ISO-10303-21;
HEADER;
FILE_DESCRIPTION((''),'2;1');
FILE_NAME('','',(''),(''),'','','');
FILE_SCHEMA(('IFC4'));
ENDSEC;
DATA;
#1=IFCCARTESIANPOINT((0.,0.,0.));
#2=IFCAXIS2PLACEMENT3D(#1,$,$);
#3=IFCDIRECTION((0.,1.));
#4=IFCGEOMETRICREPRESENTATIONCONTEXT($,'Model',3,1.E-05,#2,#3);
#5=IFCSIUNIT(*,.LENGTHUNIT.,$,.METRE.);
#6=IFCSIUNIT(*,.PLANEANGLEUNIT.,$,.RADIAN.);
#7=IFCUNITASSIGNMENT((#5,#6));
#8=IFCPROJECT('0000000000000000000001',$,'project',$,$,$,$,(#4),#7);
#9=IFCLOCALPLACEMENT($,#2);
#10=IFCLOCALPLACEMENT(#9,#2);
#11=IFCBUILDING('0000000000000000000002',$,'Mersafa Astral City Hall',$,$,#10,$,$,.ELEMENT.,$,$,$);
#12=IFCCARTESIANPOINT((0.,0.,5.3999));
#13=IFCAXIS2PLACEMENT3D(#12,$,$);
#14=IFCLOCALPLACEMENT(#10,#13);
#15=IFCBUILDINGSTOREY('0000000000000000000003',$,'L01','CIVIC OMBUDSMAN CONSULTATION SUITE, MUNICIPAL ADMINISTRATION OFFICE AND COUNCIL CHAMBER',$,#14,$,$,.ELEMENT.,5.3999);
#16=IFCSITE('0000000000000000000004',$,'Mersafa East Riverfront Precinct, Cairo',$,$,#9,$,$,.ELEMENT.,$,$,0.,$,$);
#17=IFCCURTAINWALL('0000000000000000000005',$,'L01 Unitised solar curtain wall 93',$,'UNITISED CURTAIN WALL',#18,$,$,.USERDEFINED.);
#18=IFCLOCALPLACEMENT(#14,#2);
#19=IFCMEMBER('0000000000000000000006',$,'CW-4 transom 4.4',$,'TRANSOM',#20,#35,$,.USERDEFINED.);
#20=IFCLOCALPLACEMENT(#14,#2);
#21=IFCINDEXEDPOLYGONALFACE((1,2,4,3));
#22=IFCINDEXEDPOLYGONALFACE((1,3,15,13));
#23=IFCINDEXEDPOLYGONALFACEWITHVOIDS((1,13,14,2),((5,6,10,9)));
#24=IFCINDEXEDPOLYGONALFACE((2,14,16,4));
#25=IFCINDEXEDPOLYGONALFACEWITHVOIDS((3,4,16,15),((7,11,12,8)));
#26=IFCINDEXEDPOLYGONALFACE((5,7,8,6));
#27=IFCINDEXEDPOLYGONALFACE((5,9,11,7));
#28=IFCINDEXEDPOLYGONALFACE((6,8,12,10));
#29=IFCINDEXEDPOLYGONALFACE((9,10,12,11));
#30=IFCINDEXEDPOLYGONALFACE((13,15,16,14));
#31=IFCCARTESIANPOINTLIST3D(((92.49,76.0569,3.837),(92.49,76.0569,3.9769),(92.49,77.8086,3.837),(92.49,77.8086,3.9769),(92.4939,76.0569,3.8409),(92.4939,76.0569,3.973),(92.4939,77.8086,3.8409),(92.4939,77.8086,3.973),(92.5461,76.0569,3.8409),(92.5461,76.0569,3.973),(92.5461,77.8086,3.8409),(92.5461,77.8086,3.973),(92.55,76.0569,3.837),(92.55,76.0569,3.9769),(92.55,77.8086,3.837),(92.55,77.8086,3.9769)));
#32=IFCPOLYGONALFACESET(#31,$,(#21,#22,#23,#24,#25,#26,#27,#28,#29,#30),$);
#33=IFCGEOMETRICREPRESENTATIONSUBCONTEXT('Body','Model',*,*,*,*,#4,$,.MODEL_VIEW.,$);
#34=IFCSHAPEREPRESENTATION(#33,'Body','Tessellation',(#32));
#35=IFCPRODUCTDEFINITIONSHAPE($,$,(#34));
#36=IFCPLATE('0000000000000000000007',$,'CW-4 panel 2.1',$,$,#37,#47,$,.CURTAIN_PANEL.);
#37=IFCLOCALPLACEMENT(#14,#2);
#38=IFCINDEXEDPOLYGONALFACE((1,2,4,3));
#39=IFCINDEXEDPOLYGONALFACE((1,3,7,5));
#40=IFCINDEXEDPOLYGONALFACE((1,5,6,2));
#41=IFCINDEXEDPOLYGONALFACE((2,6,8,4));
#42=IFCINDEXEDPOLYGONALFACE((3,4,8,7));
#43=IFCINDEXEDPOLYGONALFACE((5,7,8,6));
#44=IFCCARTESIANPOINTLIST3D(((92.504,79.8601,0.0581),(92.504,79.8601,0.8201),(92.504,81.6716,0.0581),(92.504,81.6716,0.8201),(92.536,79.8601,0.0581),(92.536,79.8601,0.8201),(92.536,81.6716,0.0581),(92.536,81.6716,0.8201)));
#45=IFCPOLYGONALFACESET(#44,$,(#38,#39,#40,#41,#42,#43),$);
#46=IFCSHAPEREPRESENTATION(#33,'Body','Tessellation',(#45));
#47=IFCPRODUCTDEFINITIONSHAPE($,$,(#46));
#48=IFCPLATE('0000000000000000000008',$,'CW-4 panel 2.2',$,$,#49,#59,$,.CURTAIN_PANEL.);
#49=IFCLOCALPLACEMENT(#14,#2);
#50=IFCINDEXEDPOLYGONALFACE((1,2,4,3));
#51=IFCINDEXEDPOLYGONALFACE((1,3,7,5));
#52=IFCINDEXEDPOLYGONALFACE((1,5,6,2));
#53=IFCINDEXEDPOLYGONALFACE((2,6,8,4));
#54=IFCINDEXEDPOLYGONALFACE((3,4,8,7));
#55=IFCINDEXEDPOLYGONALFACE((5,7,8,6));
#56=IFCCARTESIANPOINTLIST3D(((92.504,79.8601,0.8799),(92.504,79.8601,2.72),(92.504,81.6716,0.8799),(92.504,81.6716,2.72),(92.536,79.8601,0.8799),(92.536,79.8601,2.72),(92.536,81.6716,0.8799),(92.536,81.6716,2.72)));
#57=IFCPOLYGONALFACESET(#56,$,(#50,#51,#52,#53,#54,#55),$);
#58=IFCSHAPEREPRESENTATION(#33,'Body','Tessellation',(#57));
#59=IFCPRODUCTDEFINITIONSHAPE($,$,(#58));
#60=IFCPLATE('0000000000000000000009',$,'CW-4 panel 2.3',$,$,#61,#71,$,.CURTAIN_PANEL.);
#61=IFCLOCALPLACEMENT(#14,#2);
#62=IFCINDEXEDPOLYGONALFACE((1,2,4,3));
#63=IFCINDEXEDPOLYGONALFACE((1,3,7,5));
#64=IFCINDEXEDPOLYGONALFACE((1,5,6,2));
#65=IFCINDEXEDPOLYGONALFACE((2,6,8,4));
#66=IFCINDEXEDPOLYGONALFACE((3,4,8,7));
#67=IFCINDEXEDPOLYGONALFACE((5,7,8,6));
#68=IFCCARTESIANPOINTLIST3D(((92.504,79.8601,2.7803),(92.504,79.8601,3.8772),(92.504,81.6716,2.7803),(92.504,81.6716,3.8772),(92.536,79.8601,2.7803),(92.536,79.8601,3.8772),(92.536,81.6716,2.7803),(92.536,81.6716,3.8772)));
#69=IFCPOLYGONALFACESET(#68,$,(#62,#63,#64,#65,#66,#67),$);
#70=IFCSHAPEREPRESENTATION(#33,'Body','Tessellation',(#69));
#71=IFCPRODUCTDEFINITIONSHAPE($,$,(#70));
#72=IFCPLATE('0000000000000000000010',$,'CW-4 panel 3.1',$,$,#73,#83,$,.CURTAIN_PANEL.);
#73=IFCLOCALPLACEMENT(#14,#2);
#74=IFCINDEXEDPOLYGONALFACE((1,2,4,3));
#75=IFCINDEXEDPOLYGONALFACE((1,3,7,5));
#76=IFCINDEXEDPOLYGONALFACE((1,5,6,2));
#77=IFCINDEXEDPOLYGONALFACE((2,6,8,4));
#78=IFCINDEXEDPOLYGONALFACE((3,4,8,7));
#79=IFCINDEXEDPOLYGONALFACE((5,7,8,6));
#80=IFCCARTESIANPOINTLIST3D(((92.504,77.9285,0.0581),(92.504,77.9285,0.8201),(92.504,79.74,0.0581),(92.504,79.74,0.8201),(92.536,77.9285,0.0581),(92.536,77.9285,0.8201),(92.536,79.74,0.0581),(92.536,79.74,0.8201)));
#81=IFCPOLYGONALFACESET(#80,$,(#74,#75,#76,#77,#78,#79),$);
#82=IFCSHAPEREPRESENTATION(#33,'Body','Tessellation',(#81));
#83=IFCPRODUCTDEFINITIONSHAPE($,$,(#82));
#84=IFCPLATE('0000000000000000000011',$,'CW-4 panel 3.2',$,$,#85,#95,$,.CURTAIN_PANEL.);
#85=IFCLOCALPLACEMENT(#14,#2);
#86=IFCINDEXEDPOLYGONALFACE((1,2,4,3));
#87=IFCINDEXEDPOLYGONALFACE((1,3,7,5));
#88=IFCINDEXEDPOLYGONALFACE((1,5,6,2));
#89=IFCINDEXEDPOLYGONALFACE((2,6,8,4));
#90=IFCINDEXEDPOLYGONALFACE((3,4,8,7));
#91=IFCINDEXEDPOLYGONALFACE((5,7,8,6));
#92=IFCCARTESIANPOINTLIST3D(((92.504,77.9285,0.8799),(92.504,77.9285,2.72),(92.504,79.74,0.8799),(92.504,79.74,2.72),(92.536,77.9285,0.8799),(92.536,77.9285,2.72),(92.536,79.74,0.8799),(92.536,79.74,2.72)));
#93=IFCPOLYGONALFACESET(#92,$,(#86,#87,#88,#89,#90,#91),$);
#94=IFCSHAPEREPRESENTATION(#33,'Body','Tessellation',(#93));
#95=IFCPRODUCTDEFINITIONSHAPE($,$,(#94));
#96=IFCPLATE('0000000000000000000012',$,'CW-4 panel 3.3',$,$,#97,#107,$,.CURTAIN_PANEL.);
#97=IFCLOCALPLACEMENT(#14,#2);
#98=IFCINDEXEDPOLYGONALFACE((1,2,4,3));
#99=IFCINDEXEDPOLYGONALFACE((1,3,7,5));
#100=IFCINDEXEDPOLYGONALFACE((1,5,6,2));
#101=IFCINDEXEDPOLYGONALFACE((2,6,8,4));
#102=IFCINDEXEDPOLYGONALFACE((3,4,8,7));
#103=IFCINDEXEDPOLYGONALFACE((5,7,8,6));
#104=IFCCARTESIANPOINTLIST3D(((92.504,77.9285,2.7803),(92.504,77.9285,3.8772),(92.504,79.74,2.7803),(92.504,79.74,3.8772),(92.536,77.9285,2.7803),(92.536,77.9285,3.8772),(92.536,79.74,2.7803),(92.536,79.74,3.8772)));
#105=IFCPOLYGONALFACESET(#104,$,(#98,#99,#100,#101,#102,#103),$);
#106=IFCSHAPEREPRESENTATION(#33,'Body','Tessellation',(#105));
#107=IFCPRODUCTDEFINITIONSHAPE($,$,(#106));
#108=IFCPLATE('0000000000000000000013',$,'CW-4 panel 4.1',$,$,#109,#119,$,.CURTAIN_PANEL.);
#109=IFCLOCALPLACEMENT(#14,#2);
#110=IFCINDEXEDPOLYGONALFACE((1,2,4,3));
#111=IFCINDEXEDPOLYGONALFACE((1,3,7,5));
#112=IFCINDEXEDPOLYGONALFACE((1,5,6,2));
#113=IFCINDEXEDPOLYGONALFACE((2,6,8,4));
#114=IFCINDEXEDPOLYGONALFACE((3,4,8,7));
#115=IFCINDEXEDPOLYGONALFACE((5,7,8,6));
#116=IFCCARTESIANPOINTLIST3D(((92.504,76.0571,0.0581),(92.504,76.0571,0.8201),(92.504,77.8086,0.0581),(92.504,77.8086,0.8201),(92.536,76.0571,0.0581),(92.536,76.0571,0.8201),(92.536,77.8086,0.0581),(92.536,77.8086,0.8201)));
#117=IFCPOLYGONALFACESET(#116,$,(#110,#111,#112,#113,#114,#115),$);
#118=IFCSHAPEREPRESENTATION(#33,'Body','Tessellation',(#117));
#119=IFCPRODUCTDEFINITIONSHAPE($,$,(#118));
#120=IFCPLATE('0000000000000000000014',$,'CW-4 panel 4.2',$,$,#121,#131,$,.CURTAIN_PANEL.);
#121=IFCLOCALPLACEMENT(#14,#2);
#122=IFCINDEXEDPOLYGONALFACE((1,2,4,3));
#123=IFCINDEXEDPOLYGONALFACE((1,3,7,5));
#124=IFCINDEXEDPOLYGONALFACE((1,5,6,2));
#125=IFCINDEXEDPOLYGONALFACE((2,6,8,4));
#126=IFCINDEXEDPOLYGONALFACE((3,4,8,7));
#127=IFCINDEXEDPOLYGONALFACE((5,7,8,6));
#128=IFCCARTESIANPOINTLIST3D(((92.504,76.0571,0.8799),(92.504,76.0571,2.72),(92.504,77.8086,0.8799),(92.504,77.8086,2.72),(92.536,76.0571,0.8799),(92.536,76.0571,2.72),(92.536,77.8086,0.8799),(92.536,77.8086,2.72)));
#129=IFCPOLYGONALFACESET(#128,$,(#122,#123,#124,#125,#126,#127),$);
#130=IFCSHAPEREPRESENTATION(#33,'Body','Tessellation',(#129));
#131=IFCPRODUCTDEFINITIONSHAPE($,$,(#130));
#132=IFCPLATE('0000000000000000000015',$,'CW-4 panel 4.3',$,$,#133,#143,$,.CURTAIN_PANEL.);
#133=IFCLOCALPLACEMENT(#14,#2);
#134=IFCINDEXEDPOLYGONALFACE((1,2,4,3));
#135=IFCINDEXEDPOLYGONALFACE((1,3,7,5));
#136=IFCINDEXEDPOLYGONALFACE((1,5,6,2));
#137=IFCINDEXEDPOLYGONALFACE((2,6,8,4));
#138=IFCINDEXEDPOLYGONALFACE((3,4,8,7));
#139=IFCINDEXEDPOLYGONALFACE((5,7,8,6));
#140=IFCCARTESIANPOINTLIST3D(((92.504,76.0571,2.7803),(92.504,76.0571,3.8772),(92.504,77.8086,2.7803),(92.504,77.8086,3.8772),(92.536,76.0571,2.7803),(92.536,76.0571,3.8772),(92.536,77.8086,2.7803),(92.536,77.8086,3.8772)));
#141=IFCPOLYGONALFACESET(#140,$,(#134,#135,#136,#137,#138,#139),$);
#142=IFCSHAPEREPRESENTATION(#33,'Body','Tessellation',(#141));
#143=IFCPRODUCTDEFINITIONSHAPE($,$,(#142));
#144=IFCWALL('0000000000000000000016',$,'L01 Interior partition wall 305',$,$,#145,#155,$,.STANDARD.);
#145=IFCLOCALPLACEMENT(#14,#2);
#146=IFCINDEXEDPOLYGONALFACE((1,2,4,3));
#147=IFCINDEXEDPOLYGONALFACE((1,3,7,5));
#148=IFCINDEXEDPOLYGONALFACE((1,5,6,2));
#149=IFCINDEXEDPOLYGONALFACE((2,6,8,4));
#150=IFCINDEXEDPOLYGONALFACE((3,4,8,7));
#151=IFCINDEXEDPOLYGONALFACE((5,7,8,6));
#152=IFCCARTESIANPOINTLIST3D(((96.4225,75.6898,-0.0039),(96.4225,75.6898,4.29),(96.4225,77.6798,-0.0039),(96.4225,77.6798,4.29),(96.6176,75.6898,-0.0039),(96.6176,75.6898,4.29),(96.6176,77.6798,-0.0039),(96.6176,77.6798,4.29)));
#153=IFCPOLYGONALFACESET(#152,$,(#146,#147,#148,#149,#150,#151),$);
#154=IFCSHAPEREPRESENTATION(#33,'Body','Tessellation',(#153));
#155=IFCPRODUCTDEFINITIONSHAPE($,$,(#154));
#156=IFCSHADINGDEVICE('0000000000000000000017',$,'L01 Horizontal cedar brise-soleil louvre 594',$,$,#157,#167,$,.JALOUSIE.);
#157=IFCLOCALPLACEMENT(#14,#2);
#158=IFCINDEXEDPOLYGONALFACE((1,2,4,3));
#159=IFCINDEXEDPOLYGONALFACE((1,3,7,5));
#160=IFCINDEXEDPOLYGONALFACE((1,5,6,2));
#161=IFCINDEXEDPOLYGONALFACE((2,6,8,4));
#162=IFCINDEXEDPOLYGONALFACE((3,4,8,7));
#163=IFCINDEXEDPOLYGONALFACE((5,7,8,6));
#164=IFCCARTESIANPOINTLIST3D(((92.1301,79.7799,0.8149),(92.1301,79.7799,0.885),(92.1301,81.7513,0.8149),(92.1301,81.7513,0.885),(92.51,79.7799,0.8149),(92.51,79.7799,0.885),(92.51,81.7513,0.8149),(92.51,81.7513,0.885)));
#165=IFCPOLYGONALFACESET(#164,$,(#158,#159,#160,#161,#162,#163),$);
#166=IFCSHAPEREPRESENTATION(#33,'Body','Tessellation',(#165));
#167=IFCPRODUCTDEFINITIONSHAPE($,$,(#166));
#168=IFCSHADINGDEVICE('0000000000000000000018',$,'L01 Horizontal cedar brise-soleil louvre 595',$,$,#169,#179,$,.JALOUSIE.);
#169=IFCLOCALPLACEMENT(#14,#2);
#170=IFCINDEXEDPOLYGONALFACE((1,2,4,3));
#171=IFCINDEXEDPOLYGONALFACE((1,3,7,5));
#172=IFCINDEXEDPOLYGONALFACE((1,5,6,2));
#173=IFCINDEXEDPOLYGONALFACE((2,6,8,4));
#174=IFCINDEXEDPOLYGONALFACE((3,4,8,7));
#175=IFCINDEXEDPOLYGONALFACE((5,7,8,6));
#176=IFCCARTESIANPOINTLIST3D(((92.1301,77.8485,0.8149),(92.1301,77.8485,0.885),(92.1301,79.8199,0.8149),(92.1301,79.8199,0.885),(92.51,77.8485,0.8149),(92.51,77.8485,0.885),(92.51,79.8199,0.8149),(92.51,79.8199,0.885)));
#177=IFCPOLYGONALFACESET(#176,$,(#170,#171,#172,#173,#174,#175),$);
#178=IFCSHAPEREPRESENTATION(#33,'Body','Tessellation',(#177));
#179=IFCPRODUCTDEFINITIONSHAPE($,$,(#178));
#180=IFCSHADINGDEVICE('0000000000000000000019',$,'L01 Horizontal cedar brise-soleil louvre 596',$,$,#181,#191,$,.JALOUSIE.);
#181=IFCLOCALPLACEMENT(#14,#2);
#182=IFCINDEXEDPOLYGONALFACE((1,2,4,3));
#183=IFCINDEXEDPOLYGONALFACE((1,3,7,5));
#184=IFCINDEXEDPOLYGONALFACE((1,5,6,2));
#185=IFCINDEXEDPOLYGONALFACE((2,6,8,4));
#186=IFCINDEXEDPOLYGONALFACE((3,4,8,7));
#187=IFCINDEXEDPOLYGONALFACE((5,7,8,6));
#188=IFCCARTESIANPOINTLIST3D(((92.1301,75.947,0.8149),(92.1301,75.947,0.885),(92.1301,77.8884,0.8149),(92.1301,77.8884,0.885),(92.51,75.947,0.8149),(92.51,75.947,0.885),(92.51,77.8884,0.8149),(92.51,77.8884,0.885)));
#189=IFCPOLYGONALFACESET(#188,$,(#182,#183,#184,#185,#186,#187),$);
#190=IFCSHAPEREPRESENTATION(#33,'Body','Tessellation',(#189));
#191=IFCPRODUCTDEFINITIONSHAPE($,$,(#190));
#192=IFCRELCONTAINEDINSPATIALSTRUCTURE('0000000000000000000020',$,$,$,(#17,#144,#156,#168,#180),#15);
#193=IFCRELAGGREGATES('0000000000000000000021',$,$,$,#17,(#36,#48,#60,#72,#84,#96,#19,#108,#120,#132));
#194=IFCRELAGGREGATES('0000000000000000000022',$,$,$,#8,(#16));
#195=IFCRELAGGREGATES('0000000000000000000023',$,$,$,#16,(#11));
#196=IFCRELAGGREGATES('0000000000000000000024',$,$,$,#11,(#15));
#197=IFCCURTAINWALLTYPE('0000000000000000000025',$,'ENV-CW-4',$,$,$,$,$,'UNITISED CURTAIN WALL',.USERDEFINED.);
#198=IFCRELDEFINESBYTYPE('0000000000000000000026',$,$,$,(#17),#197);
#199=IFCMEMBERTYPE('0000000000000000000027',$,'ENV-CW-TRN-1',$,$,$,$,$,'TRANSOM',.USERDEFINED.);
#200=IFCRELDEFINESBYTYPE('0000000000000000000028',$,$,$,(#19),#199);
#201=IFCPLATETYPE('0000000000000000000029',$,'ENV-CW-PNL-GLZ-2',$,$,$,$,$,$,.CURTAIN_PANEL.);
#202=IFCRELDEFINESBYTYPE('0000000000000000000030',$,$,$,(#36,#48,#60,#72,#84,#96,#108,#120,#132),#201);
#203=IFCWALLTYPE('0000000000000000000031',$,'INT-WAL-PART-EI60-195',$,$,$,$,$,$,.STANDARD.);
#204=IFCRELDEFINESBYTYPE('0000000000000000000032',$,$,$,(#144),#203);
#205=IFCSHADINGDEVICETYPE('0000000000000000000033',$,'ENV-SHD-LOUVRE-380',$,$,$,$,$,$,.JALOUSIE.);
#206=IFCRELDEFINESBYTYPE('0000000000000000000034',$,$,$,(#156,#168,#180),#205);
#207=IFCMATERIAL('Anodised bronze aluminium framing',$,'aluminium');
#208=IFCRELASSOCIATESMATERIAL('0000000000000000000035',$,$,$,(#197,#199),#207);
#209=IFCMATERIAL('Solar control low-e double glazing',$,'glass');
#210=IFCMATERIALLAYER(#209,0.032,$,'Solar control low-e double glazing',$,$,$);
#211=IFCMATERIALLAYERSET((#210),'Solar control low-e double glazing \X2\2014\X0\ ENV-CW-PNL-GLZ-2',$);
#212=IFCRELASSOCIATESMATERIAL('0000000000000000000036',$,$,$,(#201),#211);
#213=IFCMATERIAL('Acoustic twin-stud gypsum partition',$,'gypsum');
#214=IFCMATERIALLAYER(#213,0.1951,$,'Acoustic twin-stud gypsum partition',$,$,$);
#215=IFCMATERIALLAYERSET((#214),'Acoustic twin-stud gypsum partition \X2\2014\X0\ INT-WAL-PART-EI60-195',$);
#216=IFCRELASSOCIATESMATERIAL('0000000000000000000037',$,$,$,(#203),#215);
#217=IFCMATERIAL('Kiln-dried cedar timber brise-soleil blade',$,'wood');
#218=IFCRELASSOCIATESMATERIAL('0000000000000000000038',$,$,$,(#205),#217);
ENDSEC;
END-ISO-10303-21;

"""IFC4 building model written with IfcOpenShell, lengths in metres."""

from ifc_helpers import new_model, si_unit, direction, frame, frame_2d, origin, origin_2d, place, context, subcontext, project, spatial, rectangle, hollow_rectangle, extrude, material, layer, layer_set, material_profile, profile_set, type_object, element, aggregate, save


model = new_model("IFC4")

# Units and contexts
model_context = context("Model", 3, precision=1e-05, world=origin(), true_north=direction((0.0, 1.0)))
body_context = subcontext(model_context, "Body", "Model", "MODEL_VIEW")
ifc_project = project(units=[si_unit("LENGTHUNIT", "METRE"), si_unit("PLANEANGLEUNIT", "RADIAN")], contexts=[model_context])

# Site, building, storey
site_placement = place(None, origin())
site = spatial("IfcSite", under=ifc_project, at=site_placement, Name="Mersafa East Riverfront Precinct, Cairo", CompositionType="ELEMENT", RefElevation=0.0)
building_placement = place(site_placement, origin())
building = spatial("IfcBuilding", under=site, at=building_placement, Name="Mersafa Astral City Hall", CompositionType="ELEMENT")
storey_placement = place(building_placement, frame((0.0, 0.0, 5.3999)))
storey = spatial("IfcBuildingStorey", under=building, at=storey_placement, Name="L01", Description="CIVIC OMBUDSMAN CONSULTATION SUITE, MUNICIPAL ADMINISTRATION OFFICE AND COUNCIL CHAMBER", CompositionType="ELEMENT", Elevation=5.3999)

# Curtain wall, member, plates
ifc_material_1 = material(Name="Anodised bronze aluminium framing", Category="aluminium")
curtain_wall_type = type_object("IfcCurtainWallType", Name="ENV-CW-4", ElementType="UNITISED CURTAIN WALL", PredefinedType="USERDEFINED", material=ifc_material_1)
curtain_wall_placement = place(storey_placement, origin())
curtain_wall = element("IfcCurtainWall", 1, at=curtain_wall_placement, inside=storey, type_object=curtain_wall_type, Name="L01 Unitised solar curtain wall 93", ObjectType="UNITISED CURTAIN WALL", PredefinedType="USERDEFINED")
ifc_material_profile_1 = material_profile(ifc_material_1, hollow_rectangle(XDim=0.0601, YDim=0.1399, WallThickness=0.0039, at=origin_2d()), Name="RHS 60x140x4")
ifc_profile_set_1 = profile_set([ifc_material_profile_1], Name="Anodised bronze aluminium framing")
member_type_1 = type_object("IfcMemberType", Name="ENV-CW-TRN-1", ElementType="TRANSOM", PredefinedType="USERDEFINED", material=ifc_profile_set_1)
member_1_placement = place(storey_placement, frame((92.52, 77.8086, 3.907), z_axis=(0.0, -1.0, 0.0), x_axis=(1.0, 0.0, 0.0)))
member_1 = element("IfcMember", 2, at=member_1_placement, type_object=member_type_1, Name="CW-4 transom 4.4", ObjectType="TRANSOM", PredefinedType="USERDEFINED", context=body_context, shape_type="SweptSolid", body=[
    extrude(hollow_rectangle(XDim=0.0601, YDim=0.1399, WallThickness=0.0039, at=origin_2d()), origin(), (0.0, 0.0, 1.0), 1.7517),
])
ifc_material_2 = material(Name="Solar control low-e double glazing", Category="glass")
ifc_layer_1 = layer(ifc_material_2, 0.032, Name="Solar control low-e double glazing")
ifc_layer_set_1 = layer_set([ifc_layer_1], Name="Solar control low-e double glazing — ENV-CW-PNL-GLZ-2")
plate_type = type_object("IfcPlateType", Name="ENV-CW-PNL-GLZ-2", PredefinedType="CURTAIN_PANEL", material=ifc_layer_set_1)
plate_1_placement = place(storey_placement, frame((92.52, 80.7659, 0.0581), z_axis=(0.0, 0.0, 1.0), x_axis=(0.0, -1.0, 0.0)))
plate_1 = element("IfcPlate", 3, at=plate_1_placement, type_object=plate_type, Name="CW-4 panel 2.1", PredefinedType="CURTAIN_PANEL", context=body_context, shape_type="SweptSolid", body=[
    extrude(rectangle(XDim=1.8115, YDim=0.032, at=origin_2d()), origin(), (0.0, 0.0, 1.0), 0.762),
])
plate_2_placement = place(storey_placement, frame((92.52, 80.7659, 0.8799), z_axis=(0.0, 0.0, 1.0), x_axis=(0.0, -1.0, 0.0)))
plate_2 = element("IfcPlate", 4, at=plate_2_placement, type_object=plate_type, Name="CW-4 panel 2.2", PredefinedType="CURTAIN_PANEL", context=body_context, shape_type="SweptSolid", body=[
    extrude(rectangle(XDim=1.8115, YDim=0.032, at=origin_2d()), origin(), (0.0, 0.0, 1.0), 1.8401),
])
plate_3_placement = place(storey_placement, frame((92.52, 80.7659, 2.7803), z_axis=(0.0, 0.0, 1.0), x_axis=(0.0, -1.0, 0.0)))
plate_3 = element("IfcPlate", 5, at=plate_3_placement, type_object=plate_type, Name="CW-4 panel 2.3", PredefinedType="CURTAIN_PANEL", context=body_context, shape_type="SweptSolid", body=[
    extrude(rectangle(XDim=1.8115, YDim=0.032, at=origin_2d()), origin(), (0.0, 0.0, 1.0), 1.0969),
])
plate_4_placement = place(storey_placement, frame((92.52, 78.8342, 0.0581), z_axis=(0.0, 0.0, 1.0), x_axis=(0.0, -1.0, 0.0)))
plate_4 = element("IfcPlate", 6, at=plate_4_placement, type_object=plate_type, Name="CW-4 panel 3.1", PredefinedType="CURTAIN_PANEL", context=body_context, shape_type="SweptSolid", body=[
    extrude(rectangle(XDim=1.8115, YDim=0.032, at=origin_2d()), origin(), (0.0, 0.0, 1.0), 0.762),
])
plate_5_placement = place(storey_placement, frame((92.52, 78.8342, 0.8799), z_axis=(0.0, 0.0, 1.0), x_axis=(0.0, -1.0, 0.0)))
plate_5 = element("IfcPlate", 7, at=plate_5_placement, type_object=plate_type, Name="CW-4 panel 3.2", PredefinedType="CURTAIN_PANEL", context=body_context, shape_type="SweptSolid", body=[
    extrude(rectangle(XDim=1.8115, YDim=0.032, at=origin_2d()), origin(), (0.0, 0.0, 1.0), 1.8401),
])
plate_6_placement = place(storey_placement, frame((92.52, 78.8342, 2.7803), z_axis=(0.0, 0.0, 1.0), x_axis=(0.0, -1.0, 0.0)))
plate_6 = element("IfcPlate", 8, at=plate_6_placement, type_object=plate_type, Name="CW-4 panel 3.3", PredefinedType="CURTAIN_PANEL", context=body_context, shape_type="SweptSolid", body=[
    extrude(rectangle(XDim=1.8115, YDim=0.032, at=origin_2d()), origin(), (0.0, 0.0, 1.0), 1.0969),
])
plate_7_placement = place(storey_placement, frame((92.52, 76.9329, 0.0581), z_axis=(0.0, 0.0, 1.0), x_axis=(0.0, -1.0, 0.0)))
plate_7 = element("IfcPlate", 9, at=plate_7_placement, type_object=plate_type, Name="CW-4 panel 4.1", PredefinedType="CURTAIN_PANEL", context=body_context, shape_type="SweptSolid", body=[
    extrude(rectangle(XDim=1.7515, YDim=0.032, at=origin_2d()), origin(), (0.0, 0.0, 1.0), 0.762),
])
plate_8_placement = place(storey_placement, frame((92.52, 76.9329, 0.8799), z_axis=(0.0, 0.0, 1.0), x_axis=(0.0, -1.0, 0.0)))
plate_8 = element("IfcPlate", 10, at=plate_8_placement, type_object=plate_type, Name="CW-4 panel 4.2", PredefinedType="CURTAIN_PANEL", context=body_context, shape_type="SweptSolid", body=[
    extrude(rectangle(XDim=1.7515, YDim=0.032, at=origin_2d()), origin(), (0.0, 0.0, 1.0), 1.8401),
])
plate_9_placement = place(storey_placement, frame((92.52, 76.9329, 2.7803), z_axis=(0.0, 0.0, 1.0), x_axis=(0.0, -1.0, 0.0)))
plate_9 = element("IfcPlate", 11, at=plate_9_placement, type_object=plate_type, Name="CW-4 panel 4.3", PredefinedType="CURTAIN_PANEL", context=body_context, shape_type="SweptSolid", body=[
    extrude(rectangle(XDim=1.7515, YDim=0.032, at=origin_2d()), origin(), (0.0, 0.0, 1.0), 1.0969),
])
aggregate(curtain_wall, [plate_1, plate_2, plate_3, plate_4, plate_5, plate_6, member_1, plate_7, plate_8, plate_9])

# Wall
ifc_material_3 = material(Name="Acoustic twin-stud gypsum partition", Category="gypsum")
ifc_layer_2 = layer(ifc_material_3, 0.1951, Name="Acoustic twin-stud gypsum partition")
ifc_layer_set_2 = layer_set([ifc_layer_2], Name="Acoustic twin-stud gypsum partition — INT-WAL-PART-EI60-195")
wall_type = type_object("IfcWallType", Name="INT-WAL-PART-EI60-195", PredefinedType="STANDARD", material=ifc_layer_set_2)
wall_placement = place(storey_placement, frame((96.52, 77.6799, -0.0039), z_axis=(0.0, 0.0, 1.0), x_axis=(0.0, -1.0, 0.0)))
element("IfcWall", 12, at=wall_placement, inside=storey, type_object=wall_type, Name="L01 Interior partition wall 305", PredefinedType="STANDARD", context=body_context, shape_type="SweptSolid", body=[
    extrude(rectangle(XDim=1.99, YDim=0.1951, at=frame_2d((0.9951, 0.0))), origin(), (0.0, 0.0, 1.0), 4.2939),
])

# Shading devices
ifc_material_4 = material(Name="Kiln-dried cedar timber brise-soleil blade", Category="wood")
shading_device_type = type_object("IfcShadingDeviceType", Name="ENV-SHD-LOUVRE-380", PredefinedType="JALOUSIE", material=ifc_material_4)
for number, where, z_axis, x_axis, name in (
    (13, (92.3201, 80.7656, 0.8149), (0.0, 0.0, 1.0), (0.0, -1.0, 0.0), "L01 Horizontal cedar brise-soleil louvre 594"),
    (14, (92.3201, 78.8342, 0.8149), (0.0, 0.0, 1.0), (0.0, -1.0, 0.0), "L01 Horizontal cedar brise-soleil louvre 595"),
):
    element("IfcShadingDevice", number, at=place(storey_placement, frame(where, z_axis=z_axis, x_axis=x_axis)), inside=storey, type_object=shading_device_type, Name=name, PredefinedType="JALOUSIE", context=body_context, shape_type="SweptSolid", body=[
        extrude(rectangle(XDim=1.9714, YDim=0.3799, at=origin_2d()), origin(), (0.0, 0.0, 1.0), 0.0701),
    ])
shading_device_1_placement = place(storey_placement, frame((92.3201, 76.9177, 0.8149), z_axis=(0.0, 0.0, 1.0), x_axis=(0.0, -1.0, 0.0)))
element("IfcShadingDevice", 15, at=shading_device_1_placement, inside=storey, type_object=shading_device_type, Name="L01 Horizontal cedar brise-soleil louvre 596", PredefinedType="JALOUSIE", context=body_context, shape_type="SweptSolid", body=[
    extrude(rectangle(XDim=1.9414, YDim=0.3799, at=origin_2d()), origin(), (0.0, 0.0, 1.0), 0.0701),
])

save(model, "model.ifc")
